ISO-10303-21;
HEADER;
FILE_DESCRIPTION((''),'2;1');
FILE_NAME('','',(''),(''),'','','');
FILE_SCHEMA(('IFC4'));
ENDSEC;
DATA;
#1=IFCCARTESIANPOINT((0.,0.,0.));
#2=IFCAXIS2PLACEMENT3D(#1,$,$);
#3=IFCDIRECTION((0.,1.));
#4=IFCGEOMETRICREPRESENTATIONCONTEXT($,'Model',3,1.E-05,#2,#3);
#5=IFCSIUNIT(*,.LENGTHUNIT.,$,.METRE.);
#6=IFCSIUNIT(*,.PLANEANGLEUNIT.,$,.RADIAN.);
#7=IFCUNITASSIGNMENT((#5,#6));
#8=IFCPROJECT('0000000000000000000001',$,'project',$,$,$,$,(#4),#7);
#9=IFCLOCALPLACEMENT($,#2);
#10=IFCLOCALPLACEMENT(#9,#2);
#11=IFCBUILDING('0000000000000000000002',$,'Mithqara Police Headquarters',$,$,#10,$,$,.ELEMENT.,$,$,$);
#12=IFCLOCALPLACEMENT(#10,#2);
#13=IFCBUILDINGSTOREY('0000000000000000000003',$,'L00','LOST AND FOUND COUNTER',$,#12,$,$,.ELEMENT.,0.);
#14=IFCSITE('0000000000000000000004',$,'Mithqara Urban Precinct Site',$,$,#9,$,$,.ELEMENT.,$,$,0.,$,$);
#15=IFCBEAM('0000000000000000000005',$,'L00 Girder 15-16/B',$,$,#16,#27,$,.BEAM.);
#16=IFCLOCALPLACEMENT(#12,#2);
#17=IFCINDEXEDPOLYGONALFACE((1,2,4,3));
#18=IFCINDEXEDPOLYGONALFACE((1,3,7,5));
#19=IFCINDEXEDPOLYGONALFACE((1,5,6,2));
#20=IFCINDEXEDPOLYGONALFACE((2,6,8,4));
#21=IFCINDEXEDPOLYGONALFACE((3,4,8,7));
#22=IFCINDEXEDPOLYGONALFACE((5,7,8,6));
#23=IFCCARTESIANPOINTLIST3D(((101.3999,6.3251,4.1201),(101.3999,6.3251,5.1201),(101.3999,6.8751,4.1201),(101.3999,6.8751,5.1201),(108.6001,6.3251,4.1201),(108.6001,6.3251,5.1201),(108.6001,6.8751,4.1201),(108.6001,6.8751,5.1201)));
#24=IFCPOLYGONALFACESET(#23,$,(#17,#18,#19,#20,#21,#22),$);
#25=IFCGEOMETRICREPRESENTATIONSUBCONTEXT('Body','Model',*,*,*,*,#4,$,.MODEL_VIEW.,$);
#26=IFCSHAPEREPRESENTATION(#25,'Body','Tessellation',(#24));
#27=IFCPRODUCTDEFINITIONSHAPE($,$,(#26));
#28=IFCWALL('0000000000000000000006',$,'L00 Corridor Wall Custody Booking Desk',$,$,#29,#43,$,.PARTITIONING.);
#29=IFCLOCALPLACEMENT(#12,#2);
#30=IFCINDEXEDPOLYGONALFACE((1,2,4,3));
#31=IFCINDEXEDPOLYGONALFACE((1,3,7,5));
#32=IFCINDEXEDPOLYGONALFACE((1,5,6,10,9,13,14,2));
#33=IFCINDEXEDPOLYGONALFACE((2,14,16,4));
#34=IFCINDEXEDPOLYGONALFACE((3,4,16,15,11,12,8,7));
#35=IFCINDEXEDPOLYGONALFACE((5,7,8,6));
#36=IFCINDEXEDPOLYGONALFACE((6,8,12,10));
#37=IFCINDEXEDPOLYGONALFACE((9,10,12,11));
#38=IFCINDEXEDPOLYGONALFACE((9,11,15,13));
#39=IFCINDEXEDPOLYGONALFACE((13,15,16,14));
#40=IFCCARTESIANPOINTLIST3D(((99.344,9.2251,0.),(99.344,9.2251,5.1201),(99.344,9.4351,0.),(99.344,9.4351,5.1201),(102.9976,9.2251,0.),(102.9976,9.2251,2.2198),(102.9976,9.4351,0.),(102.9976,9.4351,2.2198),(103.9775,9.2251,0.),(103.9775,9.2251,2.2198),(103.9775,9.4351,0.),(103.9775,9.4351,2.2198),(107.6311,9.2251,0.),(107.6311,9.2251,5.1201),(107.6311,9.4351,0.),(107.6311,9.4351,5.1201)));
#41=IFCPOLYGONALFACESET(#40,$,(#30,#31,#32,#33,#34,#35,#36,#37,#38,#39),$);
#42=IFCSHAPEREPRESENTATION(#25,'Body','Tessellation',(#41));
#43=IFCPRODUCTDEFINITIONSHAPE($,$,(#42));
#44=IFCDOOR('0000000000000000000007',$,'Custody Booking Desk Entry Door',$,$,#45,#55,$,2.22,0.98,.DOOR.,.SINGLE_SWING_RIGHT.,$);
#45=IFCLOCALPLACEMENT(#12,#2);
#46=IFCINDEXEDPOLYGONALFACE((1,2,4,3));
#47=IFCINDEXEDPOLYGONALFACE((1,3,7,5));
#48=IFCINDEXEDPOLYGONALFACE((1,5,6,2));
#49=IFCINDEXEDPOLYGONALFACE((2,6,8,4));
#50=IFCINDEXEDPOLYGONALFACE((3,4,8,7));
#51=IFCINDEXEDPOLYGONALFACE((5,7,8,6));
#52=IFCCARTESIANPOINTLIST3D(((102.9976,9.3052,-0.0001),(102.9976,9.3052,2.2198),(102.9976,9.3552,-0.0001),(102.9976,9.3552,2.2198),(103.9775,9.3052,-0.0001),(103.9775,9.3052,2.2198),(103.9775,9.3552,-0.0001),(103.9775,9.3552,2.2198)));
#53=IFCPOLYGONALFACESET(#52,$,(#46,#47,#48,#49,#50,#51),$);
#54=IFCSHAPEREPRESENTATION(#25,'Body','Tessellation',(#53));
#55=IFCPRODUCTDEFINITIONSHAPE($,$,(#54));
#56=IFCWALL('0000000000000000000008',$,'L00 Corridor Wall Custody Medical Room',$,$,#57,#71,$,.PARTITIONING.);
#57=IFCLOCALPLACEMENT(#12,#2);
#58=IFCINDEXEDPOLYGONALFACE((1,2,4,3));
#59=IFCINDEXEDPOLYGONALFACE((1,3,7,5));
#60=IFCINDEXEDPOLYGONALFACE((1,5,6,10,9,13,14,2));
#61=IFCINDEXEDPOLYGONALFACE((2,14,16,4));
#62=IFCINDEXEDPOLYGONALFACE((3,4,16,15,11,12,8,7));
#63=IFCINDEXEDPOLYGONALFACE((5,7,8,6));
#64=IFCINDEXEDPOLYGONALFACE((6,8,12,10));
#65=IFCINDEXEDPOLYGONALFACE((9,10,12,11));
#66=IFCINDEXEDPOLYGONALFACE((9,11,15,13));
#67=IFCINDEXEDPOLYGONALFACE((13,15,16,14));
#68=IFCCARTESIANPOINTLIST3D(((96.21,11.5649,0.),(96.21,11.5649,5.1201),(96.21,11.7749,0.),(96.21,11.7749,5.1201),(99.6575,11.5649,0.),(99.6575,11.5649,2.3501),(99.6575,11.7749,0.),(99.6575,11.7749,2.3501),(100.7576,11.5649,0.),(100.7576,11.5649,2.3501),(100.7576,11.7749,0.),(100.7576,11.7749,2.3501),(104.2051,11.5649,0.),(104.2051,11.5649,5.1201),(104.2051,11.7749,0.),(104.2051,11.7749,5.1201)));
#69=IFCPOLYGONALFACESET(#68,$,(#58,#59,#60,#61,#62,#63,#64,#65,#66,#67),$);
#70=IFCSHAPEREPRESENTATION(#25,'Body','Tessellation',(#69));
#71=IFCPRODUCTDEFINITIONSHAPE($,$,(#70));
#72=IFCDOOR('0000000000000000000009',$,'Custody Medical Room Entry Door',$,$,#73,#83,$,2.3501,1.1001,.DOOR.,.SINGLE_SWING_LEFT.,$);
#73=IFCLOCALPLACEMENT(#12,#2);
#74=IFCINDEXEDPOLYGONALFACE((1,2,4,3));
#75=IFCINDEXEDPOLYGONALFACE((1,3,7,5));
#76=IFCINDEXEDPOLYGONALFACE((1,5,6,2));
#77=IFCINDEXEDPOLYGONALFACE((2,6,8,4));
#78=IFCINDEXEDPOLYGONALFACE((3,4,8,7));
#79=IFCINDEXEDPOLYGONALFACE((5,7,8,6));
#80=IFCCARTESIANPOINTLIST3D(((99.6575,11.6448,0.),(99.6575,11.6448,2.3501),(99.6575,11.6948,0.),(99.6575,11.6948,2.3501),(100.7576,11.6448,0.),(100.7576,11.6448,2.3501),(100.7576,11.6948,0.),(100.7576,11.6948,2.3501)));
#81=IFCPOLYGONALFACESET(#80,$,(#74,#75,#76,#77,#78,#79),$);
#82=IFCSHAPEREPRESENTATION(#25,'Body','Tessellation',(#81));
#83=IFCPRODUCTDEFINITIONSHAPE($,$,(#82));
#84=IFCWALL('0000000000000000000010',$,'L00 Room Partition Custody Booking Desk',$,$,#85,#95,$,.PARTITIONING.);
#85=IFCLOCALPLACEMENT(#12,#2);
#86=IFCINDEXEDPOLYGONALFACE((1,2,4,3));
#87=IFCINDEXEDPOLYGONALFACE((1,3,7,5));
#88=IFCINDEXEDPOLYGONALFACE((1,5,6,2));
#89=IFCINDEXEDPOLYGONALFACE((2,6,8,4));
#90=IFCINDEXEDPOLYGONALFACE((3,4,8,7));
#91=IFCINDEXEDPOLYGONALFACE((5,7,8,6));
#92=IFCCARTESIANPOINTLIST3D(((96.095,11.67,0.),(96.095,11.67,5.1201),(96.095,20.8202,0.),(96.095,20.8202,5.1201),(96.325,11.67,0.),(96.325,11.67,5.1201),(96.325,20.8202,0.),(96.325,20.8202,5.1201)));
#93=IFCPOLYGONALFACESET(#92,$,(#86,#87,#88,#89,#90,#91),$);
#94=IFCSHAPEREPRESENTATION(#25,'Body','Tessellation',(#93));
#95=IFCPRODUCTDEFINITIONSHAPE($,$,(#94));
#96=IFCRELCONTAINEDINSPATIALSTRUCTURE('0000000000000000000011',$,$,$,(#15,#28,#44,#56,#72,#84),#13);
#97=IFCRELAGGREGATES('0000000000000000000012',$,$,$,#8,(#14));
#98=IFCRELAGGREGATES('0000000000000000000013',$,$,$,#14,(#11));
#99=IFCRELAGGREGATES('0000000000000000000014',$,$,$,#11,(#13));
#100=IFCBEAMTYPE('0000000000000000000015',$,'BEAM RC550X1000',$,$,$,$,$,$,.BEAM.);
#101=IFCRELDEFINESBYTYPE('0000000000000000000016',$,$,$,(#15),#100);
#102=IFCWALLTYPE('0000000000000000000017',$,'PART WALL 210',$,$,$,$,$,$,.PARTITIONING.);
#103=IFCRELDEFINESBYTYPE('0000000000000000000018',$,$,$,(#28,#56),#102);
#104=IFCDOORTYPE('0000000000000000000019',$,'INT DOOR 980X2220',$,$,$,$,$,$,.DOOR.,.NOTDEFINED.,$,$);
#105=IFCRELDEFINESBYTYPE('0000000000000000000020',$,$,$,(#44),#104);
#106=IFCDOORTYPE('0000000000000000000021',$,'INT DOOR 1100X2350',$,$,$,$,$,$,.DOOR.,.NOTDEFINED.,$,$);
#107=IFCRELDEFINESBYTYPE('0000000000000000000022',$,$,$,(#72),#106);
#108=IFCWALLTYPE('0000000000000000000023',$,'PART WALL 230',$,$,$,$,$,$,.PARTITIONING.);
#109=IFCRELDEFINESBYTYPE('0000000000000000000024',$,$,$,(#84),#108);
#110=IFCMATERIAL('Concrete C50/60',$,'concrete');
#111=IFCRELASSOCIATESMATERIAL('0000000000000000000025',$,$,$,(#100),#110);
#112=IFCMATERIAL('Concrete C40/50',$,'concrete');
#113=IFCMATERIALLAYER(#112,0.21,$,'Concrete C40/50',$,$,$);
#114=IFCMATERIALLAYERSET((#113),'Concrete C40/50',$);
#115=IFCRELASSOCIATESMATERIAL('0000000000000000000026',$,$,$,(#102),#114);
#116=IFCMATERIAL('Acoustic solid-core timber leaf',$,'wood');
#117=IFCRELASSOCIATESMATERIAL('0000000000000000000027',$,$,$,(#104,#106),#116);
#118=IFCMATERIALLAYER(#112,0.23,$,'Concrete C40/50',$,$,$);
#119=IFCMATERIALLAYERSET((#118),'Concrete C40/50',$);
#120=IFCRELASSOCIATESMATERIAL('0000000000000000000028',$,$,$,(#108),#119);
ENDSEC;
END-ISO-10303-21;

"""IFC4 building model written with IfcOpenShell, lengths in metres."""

from ifc_helpers import new_model, si_unit, direction, frame, frame_2d, origin, origin_2d, place, context, subcontext, project, spatial, rectangle, extrude, material, layer, layer_set, material_profile, profile_set, type_object, element, fill, save


model = new_model("IFC4")

# Units and contexts
model_context = context("Model", 3, precision=1e-05, world=origin(), true_north=direction((0.0, 1.0)))
body_context = subcontext(model_context, "Body", "Model", "MODEL_VIEW")
ifc_project = project(units=[si_unit("LENGTHUNIT", "METRE"), si_unit("PLANEANGLEUNIT", "RADIAN")], contexts=[model_context])

# Site, building, storey
site_placement = place(None, origin())
site = spatial("IfcSite", under=ifc_project, at=site_placement, Name="Mithqara Urban Precinct Site", CompositionType="ELEMENT", RefElevation=0.0)
building_placement = place(site_placement, origin())
building = spatial("IfcBuilding", under=site, at=building_placement, Name="Mithqara Police Headquarters", CompositionType="ELEMENT")
storey_placement = place(building_placement, origin())
storey = spatial("IfcBuildingStorey", under=building, at=storey_placement, Name="L00", Description="LOST AND FOUND COUNTER", CompositionType="ELEMENT", Elevation=0.0)

# Shared definitions
ifc_material_1 = material(Name="Concrete C40/50", Category="concrete")

# Shared definitions
ifc_material_2 = material(Name="Concrete C50/60", Category="concrete")

# Beam
ifc_material_profile_1 = material_profile(ifc_material_2, rectangle(XDim=0.55, YDim=1.0, at=origin_2d()), Name="RC 550x1000")
ifc_profile_set_1 = profile_set([ifc_material_profile_1], Name="Concrete C50/60")
beam_type_1 = type_object("IfcBeamType", Name="BEAM RC550X1000", PredefinedType="BEAM", material=ifc_profile_set_1)
beam_1_placement = place(storey_placement, frame((101.3999, 6.6001, 4.6201), z_axis=(1.0, 0.0, 0.0), x_axis=(0.0, 1.0, 0.0)))
element("IfcBeam", 1, at=beam_1_placement, inside=storey, type_object=beam_type_1, Name="L00 Girder 15-16/B", PredefinedType="BEAM", context=body_context, shape_type="SweptSolid", body=[
    extrude(rectangle(XDim=0.55, YDim=1.0, at=origin_2d()), origin(), (0.0, 0.0, 1.0), 7.2002),
])

# Walls, openings, doors
ifc_layer_1 = layer(ifc_material_1, 0.21, Name="Concrete C40/50")
ifc_layer_set_1 = layer_set([ifc_layer_1], Name="Concrete C40/50")
wall_type_1 = type_object("IfcWallType", Name="PART WALL 210", PredefinedType="PARTITIONING", material=ifc_layer_set_1)
wall_1_placement = place(storey_placement, frame((99.344, 9.3301, 0.0), z_axis=(0.0, 0.0, 1.0), x_axis=(1.0, 0.0, 0.0)))
wall_1 = element("IfcWall", 2, at=wall_1_placement, inside=storey, type_object=wall_type_1, Name="L00 Corridor Wall Custody Booking Desk", PredefinedType="PARTITIONING", context=body_context, shape_type="SweptSolid", body=[
    extrude(rectangle(XDim=8.2871, YDim=0.21, at=frame_2d((4.1436, 0.0))), origin(), (0.0, 0.0, 1.0), 5.1201),
])
opening_1_placement = place(wall_1_placement, frame((3.6536, 0.0, 0.0)))
opening_1 = element("IfcOpeningElement", 3, at=opening_1_placement, cuts=wall_1, PredefinedType="OPENING", context=body_context, shape_type="SweptSolid", body=[
    extrude(rectangle(XDim=0.98, YDim=2.22, at=frame_2d((0.49, 1.1099))), frame((0.0, 0.115, 0.0), z_axis=(0.0, -1.0, 0.0), x_axis=(1.0, 0.0, 0.0)), (0.0, 0.0, 1.0), 0.23),
])
ifc_material_3 = material(Name="Acoustic solid-core timber leaf", Category="wood")
door_type_1 = type_object("IfcDoorType", Name="INT DOOR 980X2220", OperationType="NOTDEFINED", PredefinedType="DOOR", material=ifc_material_3)
door_1_placement = place(opening_1_placement, frame((0.98, 0.0, 0.0), z_axis=(0.0, 0.0, 1.0), x_axis=(-1.0, 0.0, 0.0)))
door_1 = element("IfcDoor", 4, at=door_1_placement, inside=storey, type_object=door_type_1, Name="Custody Booking Desk Entry Door", OperationType="SINGLE_SWING_RIGHT", OverallHeight=2.22, OverallWidth=0.98, PredefinedType="DOOR", context=body_context, shape_type="SweptSolid", body=[
    extrude(rectangle(XDim=0.98, YDim=2.22, at=frame_2d((0.49, 1.1099))), frame((0.0, 0.0249, 0.0), z_axis=(0.0, -1.0, 0.0), x_axis=(1.0, 0.0, 0.0)), (0.0, 0.0, 1.0), 0.05),
])
fill(opening_1, door_1)
wall_2_placement = place(storey_placement, frame((96.21, 11.6699, 0.0), z_axis=(0.0, 0.0, 1.0), x_axis=(1.0, 0.0, 0.0)))
wall_2 = element("IfcWall", 5, at=wall_2_placement, inside=storey, type_object=wall_type_1, Name="L00 Corridor Wall Custody Medical Room", PredefinedType="PARTITIONING", context=body_context, shape_type="SweptSolid", body=[
    extrude(rectangle(XDim=7.9951, YDim=0.21, at=frame_2d((3.9976, 0.0))), origin(), (0.0, 0.0, 1.0), 5.1201),
])
opening_2_placement = place(wall_2_placement, frame((3.4475, 0.0, 0.0)))
opening_2 = element("IfcOpeningElement", 6, at=opening_2_placement, cuts=wall_2, PredefinedType="OPENING", context=body_context, shape_type="SweptSolid", body=[
    extrude(rectangle(XDim=1.1001, YDim=2.3501, at=frame_2d((0.55, 1.175))), frame((0.0, 0.115, 0.0), z_axis=(0.0, -1.0, 0.0), x_axis=(1.0, 0.0, 0.0)), (0.0, 0.0, 1.0), 0.23),
])
door_type_2 = type_object("IfcDoorType", Name="INT DOOR 1100X2350", OperationType="NOTDEFINED", PredefinedType="DOOR", material=ifc_material_3)
door_2_placement = place(opening_2_placement, origin())
door_2 = element("IfcDoor", 7, at=door_2_placement, inside=storey, type_object=door_type_2, Name="Custody Medical Room Entry Door", OperationType="SINGLE_SWING_LEFT", OverallHeight=2.3501, OverallWidth=1.1001, PredefinedType="DOOR", context=body_context, shape_type="SweptSolid", body=[
    extrude(rectangle(XDim=1.1001, YDim=2.3501, at=frame_2d((0.55, 1.175))), frame((0.0, 0.0249, 0.0), z_axis=(0.0, -1.0, 0.0), x_axis=(1.0, 0.0, 0.0)), (0.0, 0.0, 1.0), 0.05),
])
fill(opening_2, door_2)

# Wall
ifc_layer_2 = layer(ifc_material_1, 0.23, Name="Concrete C40/50")
ifc_layer_set_2 = layer_set([ifc_layer_2], Name="Concrete C40/50")
wall_type_2 = type_object("IfcWallType", Name="PART WALL 230", PredefinedType="PARTITIONING", material=ifc_layer_set_2)
wall_3_placement = place(storey_placement, frame((96.21, 11.6699, 0.0), z_axis=(0.0, 0.0, 1.0), x_axis=(0.0, 1.0, 0.0)))
element("IfcWall", 8, at=wall_3_placement, inside=storey, type_object=wall_type_2, Name="L00 Room Partition Custody Booking Desk", PredefinedType="PARTITIONING", context=body_context, shape_type="SweptSolid", body=[
    extrude(rectangle(XDim=9.1501, YDim=0.23, at=frame_2d((4.5752, 0.0))), origin(), (0.0, 0.0, 1.0), 5.1201),
])

save(model, "model.ifc")
